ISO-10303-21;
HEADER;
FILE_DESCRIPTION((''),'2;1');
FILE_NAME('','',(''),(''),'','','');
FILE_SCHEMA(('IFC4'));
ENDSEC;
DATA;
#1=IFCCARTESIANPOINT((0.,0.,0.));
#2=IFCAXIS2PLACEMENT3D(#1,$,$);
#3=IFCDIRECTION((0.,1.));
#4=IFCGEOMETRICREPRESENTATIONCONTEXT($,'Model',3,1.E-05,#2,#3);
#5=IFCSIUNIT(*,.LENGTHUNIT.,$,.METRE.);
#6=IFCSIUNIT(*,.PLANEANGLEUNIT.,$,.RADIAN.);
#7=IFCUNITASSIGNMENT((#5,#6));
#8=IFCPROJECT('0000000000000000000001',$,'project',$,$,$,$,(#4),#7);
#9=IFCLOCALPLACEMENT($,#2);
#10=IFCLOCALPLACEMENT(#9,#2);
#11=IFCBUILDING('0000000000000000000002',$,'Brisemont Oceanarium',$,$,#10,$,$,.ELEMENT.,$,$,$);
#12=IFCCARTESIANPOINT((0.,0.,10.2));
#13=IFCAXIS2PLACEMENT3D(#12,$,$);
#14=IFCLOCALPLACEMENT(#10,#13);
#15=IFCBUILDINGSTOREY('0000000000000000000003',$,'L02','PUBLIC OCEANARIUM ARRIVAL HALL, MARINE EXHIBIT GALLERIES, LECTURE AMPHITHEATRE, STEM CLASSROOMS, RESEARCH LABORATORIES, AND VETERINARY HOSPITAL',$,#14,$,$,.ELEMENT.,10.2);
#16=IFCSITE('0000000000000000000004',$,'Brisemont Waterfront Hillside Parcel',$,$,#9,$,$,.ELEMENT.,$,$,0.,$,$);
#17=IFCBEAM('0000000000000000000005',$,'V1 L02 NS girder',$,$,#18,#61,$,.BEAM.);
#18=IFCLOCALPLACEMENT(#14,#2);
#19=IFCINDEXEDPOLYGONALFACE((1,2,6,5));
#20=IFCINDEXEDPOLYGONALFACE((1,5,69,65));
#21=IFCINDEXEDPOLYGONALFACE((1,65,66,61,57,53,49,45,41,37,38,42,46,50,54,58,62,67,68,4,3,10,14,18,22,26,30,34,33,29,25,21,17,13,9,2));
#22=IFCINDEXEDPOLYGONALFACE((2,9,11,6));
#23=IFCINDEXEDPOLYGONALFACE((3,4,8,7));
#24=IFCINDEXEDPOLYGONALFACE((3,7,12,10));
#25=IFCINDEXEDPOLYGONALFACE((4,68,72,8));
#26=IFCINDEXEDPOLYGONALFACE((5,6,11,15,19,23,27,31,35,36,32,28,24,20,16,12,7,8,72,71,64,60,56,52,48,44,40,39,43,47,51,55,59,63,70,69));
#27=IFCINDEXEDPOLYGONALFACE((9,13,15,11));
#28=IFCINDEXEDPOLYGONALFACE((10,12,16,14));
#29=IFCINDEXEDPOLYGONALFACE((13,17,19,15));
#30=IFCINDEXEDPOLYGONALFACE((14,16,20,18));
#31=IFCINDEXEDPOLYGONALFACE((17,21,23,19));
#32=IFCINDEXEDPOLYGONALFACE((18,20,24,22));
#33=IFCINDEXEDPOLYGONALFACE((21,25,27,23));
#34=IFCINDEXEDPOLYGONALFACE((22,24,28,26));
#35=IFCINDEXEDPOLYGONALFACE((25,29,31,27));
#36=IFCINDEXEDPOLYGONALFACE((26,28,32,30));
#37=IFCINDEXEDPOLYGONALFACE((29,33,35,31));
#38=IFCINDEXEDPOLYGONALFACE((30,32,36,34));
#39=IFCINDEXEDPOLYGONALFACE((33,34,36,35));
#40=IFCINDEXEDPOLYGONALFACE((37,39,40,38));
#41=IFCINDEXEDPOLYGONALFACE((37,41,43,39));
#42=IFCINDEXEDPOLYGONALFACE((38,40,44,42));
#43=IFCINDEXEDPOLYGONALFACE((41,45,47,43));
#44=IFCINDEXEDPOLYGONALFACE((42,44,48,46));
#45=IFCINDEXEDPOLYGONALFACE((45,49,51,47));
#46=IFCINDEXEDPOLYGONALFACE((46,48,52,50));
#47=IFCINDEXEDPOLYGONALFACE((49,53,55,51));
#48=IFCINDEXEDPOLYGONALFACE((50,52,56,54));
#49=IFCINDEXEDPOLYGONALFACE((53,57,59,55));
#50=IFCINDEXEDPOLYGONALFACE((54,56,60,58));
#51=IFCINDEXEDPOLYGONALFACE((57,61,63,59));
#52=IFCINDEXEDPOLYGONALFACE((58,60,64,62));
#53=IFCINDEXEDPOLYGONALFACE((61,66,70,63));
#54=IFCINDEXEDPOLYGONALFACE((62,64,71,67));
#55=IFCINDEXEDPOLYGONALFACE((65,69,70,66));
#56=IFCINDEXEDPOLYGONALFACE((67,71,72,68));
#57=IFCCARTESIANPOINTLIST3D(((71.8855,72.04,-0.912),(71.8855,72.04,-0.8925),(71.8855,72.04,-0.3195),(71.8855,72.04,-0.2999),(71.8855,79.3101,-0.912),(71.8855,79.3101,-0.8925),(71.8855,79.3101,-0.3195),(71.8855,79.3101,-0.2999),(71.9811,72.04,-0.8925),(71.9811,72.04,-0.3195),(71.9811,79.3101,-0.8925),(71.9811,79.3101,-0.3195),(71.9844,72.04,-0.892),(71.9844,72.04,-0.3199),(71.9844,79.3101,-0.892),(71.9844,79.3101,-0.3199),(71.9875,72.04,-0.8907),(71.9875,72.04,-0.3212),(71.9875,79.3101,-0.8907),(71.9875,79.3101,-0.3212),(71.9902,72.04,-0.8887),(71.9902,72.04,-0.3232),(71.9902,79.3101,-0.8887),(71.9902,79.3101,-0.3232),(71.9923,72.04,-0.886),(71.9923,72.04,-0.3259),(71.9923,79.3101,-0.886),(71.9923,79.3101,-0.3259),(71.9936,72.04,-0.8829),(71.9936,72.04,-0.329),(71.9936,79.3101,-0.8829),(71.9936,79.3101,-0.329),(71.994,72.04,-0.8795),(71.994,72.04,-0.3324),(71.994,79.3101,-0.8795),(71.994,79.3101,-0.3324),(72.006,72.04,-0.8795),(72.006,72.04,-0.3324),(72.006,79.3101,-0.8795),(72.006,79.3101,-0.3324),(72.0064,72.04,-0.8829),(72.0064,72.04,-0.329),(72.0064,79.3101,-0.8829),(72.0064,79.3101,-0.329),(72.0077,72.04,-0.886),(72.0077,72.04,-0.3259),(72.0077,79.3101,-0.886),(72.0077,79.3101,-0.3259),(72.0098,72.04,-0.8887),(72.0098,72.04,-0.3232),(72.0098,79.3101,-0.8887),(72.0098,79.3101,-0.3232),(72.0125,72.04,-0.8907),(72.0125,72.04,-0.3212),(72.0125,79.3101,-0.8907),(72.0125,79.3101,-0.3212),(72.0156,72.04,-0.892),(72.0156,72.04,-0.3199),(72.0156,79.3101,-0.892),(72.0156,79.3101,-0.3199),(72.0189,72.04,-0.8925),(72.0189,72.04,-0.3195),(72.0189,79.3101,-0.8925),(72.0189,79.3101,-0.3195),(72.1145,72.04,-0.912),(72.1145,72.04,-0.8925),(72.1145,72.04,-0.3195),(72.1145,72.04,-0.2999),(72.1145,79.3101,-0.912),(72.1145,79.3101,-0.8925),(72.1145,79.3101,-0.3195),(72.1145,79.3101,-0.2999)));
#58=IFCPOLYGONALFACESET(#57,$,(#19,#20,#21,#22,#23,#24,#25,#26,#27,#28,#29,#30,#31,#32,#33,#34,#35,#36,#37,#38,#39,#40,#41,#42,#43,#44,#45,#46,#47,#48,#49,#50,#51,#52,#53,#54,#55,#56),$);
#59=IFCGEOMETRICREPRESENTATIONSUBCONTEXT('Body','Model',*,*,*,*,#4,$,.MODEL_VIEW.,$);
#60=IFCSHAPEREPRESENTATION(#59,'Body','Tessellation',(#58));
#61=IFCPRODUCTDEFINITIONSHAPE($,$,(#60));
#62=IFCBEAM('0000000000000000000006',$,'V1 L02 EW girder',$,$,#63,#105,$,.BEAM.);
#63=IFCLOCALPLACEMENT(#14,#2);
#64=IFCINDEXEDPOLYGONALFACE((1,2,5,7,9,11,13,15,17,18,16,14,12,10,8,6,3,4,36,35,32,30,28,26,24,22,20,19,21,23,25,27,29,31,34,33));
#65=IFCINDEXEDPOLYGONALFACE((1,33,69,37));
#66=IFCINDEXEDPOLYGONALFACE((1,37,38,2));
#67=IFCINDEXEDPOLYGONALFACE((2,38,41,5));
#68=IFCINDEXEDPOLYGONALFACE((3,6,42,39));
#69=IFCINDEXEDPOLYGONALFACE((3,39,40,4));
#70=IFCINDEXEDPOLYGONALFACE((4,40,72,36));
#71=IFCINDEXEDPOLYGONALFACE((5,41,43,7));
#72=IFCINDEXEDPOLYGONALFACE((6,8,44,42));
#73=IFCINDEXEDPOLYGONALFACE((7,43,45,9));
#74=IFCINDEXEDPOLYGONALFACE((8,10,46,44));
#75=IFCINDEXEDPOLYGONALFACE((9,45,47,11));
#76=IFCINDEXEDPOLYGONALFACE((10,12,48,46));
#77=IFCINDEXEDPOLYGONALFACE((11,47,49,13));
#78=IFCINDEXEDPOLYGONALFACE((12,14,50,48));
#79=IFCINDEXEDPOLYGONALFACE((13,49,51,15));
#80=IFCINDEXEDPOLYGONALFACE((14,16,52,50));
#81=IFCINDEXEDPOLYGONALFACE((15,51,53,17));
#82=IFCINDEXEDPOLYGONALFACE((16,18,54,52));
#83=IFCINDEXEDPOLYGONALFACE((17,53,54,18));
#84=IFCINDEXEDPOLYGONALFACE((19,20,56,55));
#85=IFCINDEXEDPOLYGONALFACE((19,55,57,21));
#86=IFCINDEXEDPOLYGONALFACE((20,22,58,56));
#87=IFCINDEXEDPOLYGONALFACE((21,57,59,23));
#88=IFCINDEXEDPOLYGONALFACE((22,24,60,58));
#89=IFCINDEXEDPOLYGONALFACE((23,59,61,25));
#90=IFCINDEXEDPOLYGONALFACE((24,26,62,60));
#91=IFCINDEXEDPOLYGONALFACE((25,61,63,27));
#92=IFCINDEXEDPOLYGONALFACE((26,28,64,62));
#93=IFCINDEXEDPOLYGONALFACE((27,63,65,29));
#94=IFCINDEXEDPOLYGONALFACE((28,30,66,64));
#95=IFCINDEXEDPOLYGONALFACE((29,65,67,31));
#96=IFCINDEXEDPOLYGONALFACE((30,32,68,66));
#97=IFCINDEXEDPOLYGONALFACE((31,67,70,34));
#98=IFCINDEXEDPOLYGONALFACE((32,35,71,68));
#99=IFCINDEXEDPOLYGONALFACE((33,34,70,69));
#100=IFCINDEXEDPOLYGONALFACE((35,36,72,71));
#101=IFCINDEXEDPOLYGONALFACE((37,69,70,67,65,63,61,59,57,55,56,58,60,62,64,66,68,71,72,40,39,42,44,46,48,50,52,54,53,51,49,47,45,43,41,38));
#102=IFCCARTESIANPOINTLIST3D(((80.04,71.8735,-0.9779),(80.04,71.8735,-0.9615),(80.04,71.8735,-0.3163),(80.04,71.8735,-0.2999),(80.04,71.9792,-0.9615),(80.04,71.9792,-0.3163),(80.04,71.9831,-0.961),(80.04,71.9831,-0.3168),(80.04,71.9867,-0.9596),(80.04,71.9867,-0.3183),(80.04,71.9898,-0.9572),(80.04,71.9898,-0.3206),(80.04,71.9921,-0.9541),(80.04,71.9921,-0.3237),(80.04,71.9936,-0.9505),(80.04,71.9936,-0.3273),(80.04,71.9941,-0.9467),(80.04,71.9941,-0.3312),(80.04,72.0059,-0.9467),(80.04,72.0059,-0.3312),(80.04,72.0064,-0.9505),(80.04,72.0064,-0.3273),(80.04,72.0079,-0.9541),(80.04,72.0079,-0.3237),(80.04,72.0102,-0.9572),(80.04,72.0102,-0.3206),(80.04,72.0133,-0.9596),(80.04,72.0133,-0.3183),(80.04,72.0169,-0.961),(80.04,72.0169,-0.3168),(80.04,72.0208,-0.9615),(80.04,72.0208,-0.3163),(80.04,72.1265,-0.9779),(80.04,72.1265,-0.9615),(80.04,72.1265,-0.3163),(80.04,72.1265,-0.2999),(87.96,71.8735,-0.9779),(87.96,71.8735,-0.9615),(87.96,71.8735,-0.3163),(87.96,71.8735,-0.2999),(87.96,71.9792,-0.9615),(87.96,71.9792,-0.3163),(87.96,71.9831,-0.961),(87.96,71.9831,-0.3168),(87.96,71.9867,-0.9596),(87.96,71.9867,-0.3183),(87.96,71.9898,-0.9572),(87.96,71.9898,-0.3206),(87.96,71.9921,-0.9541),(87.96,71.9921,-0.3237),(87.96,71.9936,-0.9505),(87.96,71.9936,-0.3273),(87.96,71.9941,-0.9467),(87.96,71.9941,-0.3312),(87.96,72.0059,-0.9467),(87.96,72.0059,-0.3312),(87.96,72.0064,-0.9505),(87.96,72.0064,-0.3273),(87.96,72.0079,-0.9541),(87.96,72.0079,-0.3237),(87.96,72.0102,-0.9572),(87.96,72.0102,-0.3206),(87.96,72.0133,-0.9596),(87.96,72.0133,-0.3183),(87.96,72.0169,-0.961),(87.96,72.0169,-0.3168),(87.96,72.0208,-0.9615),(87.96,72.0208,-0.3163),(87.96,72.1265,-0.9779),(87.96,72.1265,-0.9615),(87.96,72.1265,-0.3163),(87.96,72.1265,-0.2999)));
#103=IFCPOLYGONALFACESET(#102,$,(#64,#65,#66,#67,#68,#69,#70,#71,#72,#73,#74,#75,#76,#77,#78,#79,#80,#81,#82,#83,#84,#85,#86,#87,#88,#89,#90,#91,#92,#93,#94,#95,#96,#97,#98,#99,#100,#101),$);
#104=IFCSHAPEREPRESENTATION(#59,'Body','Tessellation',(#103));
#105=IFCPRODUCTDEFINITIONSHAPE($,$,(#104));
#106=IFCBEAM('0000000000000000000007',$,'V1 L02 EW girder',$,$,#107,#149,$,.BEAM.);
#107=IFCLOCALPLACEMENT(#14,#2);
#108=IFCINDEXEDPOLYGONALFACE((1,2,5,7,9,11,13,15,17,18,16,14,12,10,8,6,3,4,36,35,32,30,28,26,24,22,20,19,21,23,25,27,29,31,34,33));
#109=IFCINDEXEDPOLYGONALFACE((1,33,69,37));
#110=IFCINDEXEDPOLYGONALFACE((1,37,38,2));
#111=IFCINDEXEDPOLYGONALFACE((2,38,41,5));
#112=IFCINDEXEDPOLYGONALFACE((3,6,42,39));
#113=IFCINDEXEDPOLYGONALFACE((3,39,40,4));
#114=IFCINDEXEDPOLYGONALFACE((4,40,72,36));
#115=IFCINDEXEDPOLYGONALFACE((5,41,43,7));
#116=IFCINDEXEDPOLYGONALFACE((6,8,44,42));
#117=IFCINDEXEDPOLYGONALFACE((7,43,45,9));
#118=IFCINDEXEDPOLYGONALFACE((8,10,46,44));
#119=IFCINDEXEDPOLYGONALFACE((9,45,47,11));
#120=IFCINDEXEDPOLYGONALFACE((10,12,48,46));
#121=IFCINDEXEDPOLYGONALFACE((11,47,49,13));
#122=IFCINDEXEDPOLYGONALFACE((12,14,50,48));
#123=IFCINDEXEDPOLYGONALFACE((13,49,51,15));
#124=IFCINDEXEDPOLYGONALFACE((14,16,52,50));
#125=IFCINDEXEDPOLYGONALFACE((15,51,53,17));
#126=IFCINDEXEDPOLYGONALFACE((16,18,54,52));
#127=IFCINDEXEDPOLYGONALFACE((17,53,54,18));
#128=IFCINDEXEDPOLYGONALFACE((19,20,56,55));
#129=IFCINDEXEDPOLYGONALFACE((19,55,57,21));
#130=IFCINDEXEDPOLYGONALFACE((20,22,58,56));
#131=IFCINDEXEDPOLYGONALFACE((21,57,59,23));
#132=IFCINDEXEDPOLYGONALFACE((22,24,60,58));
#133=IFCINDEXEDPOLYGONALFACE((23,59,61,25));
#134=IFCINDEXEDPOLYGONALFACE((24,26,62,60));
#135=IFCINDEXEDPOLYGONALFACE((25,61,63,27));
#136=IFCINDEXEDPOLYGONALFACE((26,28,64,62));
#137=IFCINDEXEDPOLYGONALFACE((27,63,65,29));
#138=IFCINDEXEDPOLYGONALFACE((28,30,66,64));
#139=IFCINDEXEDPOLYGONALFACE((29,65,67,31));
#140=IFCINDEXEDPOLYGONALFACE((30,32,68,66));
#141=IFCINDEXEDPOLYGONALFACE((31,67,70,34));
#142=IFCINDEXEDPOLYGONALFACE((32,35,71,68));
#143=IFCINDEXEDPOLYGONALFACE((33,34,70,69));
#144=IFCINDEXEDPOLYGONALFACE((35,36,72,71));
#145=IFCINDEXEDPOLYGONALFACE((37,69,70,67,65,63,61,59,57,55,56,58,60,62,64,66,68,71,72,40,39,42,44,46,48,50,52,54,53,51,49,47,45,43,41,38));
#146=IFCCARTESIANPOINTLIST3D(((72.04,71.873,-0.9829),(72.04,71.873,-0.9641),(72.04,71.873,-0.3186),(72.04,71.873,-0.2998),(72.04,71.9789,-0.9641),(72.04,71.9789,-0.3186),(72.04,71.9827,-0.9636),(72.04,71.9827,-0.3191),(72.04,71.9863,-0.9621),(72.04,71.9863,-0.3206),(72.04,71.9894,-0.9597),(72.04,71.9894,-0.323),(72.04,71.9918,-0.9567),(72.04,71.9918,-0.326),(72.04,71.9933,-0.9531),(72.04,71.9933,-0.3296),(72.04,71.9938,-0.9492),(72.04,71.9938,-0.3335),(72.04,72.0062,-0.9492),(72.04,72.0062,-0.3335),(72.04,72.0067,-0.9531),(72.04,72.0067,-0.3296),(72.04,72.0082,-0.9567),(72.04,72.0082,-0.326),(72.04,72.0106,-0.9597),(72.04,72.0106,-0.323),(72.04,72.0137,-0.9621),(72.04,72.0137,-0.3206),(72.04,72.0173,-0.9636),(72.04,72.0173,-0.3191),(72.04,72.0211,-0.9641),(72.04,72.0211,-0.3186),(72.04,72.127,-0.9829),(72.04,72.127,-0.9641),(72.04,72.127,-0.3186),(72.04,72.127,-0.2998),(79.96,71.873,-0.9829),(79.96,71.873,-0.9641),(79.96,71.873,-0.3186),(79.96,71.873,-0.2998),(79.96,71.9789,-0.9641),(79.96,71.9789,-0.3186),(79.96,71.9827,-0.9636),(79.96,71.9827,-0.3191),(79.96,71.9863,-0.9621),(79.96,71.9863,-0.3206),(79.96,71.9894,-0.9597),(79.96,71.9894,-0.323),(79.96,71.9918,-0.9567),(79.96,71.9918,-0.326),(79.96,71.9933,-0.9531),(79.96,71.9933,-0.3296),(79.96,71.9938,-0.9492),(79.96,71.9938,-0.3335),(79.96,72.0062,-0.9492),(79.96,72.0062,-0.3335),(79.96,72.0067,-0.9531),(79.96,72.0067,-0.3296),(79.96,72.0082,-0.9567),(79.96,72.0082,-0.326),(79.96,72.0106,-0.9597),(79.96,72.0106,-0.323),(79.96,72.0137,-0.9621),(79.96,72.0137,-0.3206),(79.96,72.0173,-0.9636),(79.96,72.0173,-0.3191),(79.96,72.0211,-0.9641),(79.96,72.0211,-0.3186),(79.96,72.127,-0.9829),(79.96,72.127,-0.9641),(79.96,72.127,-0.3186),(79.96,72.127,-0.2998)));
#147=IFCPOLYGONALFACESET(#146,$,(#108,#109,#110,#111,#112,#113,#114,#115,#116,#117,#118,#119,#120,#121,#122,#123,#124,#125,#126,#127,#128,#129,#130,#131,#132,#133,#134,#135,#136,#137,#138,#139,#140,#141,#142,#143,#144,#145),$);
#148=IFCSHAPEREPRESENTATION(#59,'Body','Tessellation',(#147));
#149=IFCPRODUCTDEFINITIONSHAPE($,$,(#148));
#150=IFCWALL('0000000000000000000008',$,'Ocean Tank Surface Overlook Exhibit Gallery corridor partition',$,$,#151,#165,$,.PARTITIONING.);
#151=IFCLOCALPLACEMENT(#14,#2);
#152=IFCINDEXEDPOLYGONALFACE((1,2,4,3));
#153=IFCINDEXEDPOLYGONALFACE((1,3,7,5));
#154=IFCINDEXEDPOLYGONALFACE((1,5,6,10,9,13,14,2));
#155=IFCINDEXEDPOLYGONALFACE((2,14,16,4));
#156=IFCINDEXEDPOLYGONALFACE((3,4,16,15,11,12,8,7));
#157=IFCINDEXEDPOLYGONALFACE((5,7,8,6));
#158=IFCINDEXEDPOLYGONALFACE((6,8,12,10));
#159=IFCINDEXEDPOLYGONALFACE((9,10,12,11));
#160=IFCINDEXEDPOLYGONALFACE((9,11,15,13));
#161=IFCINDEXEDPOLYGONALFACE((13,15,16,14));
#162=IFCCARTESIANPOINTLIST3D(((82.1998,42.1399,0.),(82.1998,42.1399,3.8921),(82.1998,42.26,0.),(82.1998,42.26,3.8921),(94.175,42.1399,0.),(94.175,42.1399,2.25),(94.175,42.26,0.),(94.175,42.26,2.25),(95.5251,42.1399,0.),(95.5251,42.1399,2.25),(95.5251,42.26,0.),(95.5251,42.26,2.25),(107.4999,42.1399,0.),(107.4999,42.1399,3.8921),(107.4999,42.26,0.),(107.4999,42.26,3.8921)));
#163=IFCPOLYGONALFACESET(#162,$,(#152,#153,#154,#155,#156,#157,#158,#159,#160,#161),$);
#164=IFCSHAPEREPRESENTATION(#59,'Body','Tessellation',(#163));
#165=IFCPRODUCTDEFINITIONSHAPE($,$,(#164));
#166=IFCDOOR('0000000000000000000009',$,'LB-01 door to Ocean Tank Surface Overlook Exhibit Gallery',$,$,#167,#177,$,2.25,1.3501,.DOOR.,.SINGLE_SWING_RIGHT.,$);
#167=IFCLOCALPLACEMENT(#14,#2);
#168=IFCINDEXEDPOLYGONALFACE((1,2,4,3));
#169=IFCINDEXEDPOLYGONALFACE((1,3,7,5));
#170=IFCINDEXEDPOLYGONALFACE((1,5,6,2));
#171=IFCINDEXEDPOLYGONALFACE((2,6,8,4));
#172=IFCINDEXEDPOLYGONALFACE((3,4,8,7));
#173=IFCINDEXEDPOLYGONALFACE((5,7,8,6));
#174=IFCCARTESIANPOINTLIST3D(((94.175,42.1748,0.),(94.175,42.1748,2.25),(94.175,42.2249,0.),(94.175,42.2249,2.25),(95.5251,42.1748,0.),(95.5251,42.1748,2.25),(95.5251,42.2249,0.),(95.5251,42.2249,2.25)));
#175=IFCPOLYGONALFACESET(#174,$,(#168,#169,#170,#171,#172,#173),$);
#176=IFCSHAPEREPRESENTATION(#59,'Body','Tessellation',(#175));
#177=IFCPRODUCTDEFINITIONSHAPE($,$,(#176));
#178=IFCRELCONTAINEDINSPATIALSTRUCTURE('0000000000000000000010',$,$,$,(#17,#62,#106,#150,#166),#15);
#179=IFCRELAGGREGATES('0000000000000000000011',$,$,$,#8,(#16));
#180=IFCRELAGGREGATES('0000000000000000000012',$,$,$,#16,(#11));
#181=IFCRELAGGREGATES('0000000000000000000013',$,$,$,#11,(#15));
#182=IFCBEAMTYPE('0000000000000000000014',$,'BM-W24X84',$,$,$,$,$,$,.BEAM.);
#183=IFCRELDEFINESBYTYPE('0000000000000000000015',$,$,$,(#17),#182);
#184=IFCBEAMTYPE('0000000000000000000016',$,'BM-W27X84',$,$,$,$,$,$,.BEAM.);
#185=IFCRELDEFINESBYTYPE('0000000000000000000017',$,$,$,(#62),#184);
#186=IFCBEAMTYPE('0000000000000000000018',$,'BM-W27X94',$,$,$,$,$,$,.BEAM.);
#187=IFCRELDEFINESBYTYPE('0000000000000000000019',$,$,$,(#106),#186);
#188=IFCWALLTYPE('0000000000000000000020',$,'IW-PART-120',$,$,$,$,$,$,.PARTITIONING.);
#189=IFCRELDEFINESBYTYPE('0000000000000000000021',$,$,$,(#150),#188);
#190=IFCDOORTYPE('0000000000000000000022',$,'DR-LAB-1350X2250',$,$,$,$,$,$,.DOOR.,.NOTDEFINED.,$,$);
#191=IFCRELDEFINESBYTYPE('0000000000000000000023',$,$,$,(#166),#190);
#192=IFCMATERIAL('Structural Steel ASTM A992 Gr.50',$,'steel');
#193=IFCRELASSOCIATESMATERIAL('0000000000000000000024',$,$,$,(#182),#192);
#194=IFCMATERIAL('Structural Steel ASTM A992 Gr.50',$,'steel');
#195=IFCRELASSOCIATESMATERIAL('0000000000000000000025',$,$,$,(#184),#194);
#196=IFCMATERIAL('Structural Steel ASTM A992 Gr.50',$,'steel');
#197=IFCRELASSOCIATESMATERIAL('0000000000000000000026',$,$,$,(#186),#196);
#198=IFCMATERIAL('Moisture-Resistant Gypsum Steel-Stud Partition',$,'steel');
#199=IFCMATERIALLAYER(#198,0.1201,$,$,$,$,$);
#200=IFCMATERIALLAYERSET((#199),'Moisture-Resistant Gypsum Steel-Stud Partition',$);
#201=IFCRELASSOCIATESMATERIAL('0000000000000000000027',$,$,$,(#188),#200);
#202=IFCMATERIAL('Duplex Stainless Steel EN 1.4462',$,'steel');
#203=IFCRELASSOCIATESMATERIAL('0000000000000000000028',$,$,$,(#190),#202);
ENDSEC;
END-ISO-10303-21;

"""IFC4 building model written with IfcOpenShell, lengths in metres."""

from ifc_helpers import new_model, si_unit, direction, frame, frame_2d, origin, origin_2d, place, context, subcontext, project, spatial, rectangle, i_section, extrude, material, layer, layer_set, material_profile, profile_set, type_object, element, fill, save


model = new_model("IFC4")

# Units and contexts
model_context = context("Model", 3, precision=1e-05, world=origin(), true_north=direction((0.0, 1.0)))
body_context = subcontext(model_context, "Body", "Model", "MODEL_VIEW")
ifc_project = project(units=[si_unit("LENGTHUNIT", "METRE"), si_unit("PLANEANGLEUNIT", "RADIAN")], contexts=[model_context])

# Site, building, storey
site_placement = place(None, origin())
site = spatial("IfcSite", under=ifc_project, at=site_placement, Name="Brisemont Waterfront Hillside Parcel", CompositionType="ELEMENT", RefElevation=0.0)
building_placement = place(site_placement, origin())
building = spatial("IfcBuilding", under=site, at=building_placement, Name="Brisemont Oceanarium", CompositionType="ELEMENT")
storey_placement = place(building_placement, frame((0.0, 0.0, 10.2)))
storey = spatial("IfcBuildingStorey", under=building, at=storey_placement, Name="L02", Description="PUBLIC OCEANARIUM ARRIVAL HALL, MARINE EXHIBIT GALLERIES, LECTURE AMPHITHEATRE, STEM CLASSROOMS, RESEARCH LABORATORIES, AND VETERINARY HOSPITAL", CompositionType="ELEMENT", Elevation=10.2)

# Beams
ifc_material_1 = material(Name="Structural Steel ASTM A992 Gr.50", Category="steel")
ifc_material_profile_1 = material_profile(ifc_material_1, i_section(OverallWidth=0.229, OverallDepth=0.6121, WebThickness=0.012, FlangeThickness=0.0195, FilletRadius=0.0129, at=origin_2d()), Name="W24X84")
ifc_profile_set_1 = profile_set([ifc_material_profile_1], Name="Structural Steel ASTM A992 Gr.50")
beam_type_1 = type_object("IfcBeamType", Name="BM-W24X84", PredefinedType="BEAM", material=ifc_profile_set_1)
beam_1_placement = place(storey_placement, frame((72.0, 72.04, -0.606), z_axis=(0.0, 1.0, 0.0), x_axis=(-1.0, 0.0, 0.0)))
element("IfcBeam", 1, at=beam_1_placement, inside=storey, type_object=beam_type_1, Name="V1 L02 NS girder", PredefinedType="BEAM", context=body_context, shape_type="SweptSolid", body=[
    extrude(i_section(OverallWidth=0.229, OverallDepth=0.6121, WebThickness=0.012, FlangeThickness=0.0195, FilletRadius=0.0129, at=origin_2d()), origin(), (0.0, 0.0, 1.0), 7.27),
])
ifc_material_2 = material(Name="Structural Steel ASTM A992 Gr.50", Category="steel")
ifc_material_profile_2 = material_profile(ifc_material_2, i_section(OverallWidth=0.2529, OverallDepth=0.678, WebThickness=0.0117, FlangeThickness=0.0164, FilletRadius=0.0149, at=origin_2d()), Name="W27X84")
ifc_profile_set_2 = profile_set([ifc_material_profile_2], Name="Structural Steel ASTM A992 Gr.50")
beam_type_2 = type_object("IfcBeamType", Name="BM-W27X84", PredefinedType="BEAM", material=ifc_profile_set_2)
beam_2_placement = place(storey_placement, frame((80.04, 72.0, -0.6389), z_axis=(1.0, 0.0, 0.0), x_axis=(0.0, 1.0, 0.0)))
element("IfcBeam", 2, at=beam_2_placement, inside=storey, type_object=beam_type_2, Name="V1 L02 EW girder", PredefinedType="BEAM", context=body_context, shape_type="SweptSolid", body=[
    extrude(i_section(OverallWidth=0.2529, OverallDepth=0.678, WebThickness=0.0117, FlangeThickness=0.0164, FilletRadius=0.0149, at=origin_2d()), origin(), (0.0, 0.0, 1.0), 7.9199),
])
ifc_material_3 = material(Name="Structural Steel ASTM A992 Gr.50", Category="steel")
ifc_material_profile_3 = material_profile(ifc_material_3, i_section(OverallWidth=0.2539, OverallDepth=0.6831, WebThickness=0.0125, FlangeThickness=0.0188, FilletRadius=0.0149, at=origin_2d()), Name="W27X94")
ifc_profile_set_3 = profile_set([ifc_material_profile_3], Name="Structural Steel ASTM A992 Gr.50")
beam_type_3 = type_object("IfcBeamType", Name="BM-W27X94", PredefinedType="BEAM", material=ifc_profile_set_3)
beam_3_placement = place(storey_placement, frame((72.04, 72.0, -0.6414), z_axis=(1.0, 0.0, 0.0), x_axis=(0.0, 1.0, 0.0)))
element("IfcBeam", 3, at=beam_3_placement, inside=storey, type_object=beam_type_3, Name="V1 L02 EW girder", PredefinedType="BEAM", context=body_context, shape_type="SweptSolid", body=[
    extrude(i_section(OverallWidth=0.2539, OverallDepth=0.6831, WebThickness=0.0125, FlangeThickness=0.0188, FilletRadius=0.0149, at=origin_2d()), origin(), (0.0, 0.0, 1.0), 7.9199),
])

# Wall, opening, door
ifc_material_4 = material(Name="Moisture-Resistant Gypsum Steel-Stud Partition", Category="steel")
ifc_layer_1 = layer(ifc_material_4, 0.1201)
ifc_layer_set_1 = layer_set([ifc_layer_1], Name="Moisture-Resistant Gypsum Steel-Stud Partition")
wall_type_1 = type_object("IfcWallType", Name="IW-PART-120", PredefinedType="PARTITIONING", material=ifc_layer_set_1)
wall_1_placement = place(storey_placement, frame((82.2, 42.2, 0.0), z_axis=(0.0, 0.0, 1.0), x_axis=(1.0, 0.0, 0.0)))
wall_1 = element("IfcWall", 4, at=wall_1_placement, inside=storey, type_object=wall_type_1, Name="Ocean Tank Surface Overlook Exhibit Gallery corridor partition", PredefinedType="PARTITIONING", context=body_context, shape_type="SweptSolid", body=[
    extrude(rectangle(XDim=25.3, YDim=0.1201, at=frame_2d((12.6499, 0.0))), origin(), (0.0, 0.0, 1.0), 3.8921),
])
opening_1_placement = place(wall_1_placement, frame((11.9751, 0.0, 0.0)))
opening_1 = element("IfcOpeningElement", 5, at=opening_1_placement, cuts=wall_1, PredefinedType="OPENING", context=body_context, shape_type="SweptSolid", body=[
    extrude(rectangle(XDim=1.3501, YDim=2.25, at=frame_2d((0.675, 1.125))), frame((0.0, 0.0701, 0.0), z_axis=(0.0, -1.0, 0.0), x_axis=(1.0, 0.0, 0.0)), (0.0, 0.0, 1.0), 0.1401),
])
ifc_material_5 = material(Name="Duplex Stainless Steel EN 1.4462", Category="steel")
door_type_1 = type_object("IfcDoorType", Name="DR-LAB-1350X2250", OperationType="NOTDEFINED", PredefinedType="DOOR", material=ifc_material_5)
door_1_placement = place(opening_1_placement, origin())
door_1 = element("IfcDoor", 6, at=door_1_placement, inside=storey, type_object=door_type_1, Name="LB-01 door to Ocean Tank Surface Overlook Exhibit Gallery", OperationType="SINGLE_SWING_RIGHT", OverallHeight=2.25, OverallWidth=1.3501, PredefinedType="DOOR", context=body_context, shape_type="SweptSolid", body=[
    extrude(rectangle(XDim=1.3501, YDim=2.25, at=frame_2d((0.675, 1.125))), frame((0.0, 0.0249, 0.0), z_axis=(0.0, -1.0, 0.0), x_axis=(1.0, 0.0, 0.0)), (0.0, 0.0, 1.0), 0.05),
])
fill(opening_1, door_1)

save(model, "model.ifc")
